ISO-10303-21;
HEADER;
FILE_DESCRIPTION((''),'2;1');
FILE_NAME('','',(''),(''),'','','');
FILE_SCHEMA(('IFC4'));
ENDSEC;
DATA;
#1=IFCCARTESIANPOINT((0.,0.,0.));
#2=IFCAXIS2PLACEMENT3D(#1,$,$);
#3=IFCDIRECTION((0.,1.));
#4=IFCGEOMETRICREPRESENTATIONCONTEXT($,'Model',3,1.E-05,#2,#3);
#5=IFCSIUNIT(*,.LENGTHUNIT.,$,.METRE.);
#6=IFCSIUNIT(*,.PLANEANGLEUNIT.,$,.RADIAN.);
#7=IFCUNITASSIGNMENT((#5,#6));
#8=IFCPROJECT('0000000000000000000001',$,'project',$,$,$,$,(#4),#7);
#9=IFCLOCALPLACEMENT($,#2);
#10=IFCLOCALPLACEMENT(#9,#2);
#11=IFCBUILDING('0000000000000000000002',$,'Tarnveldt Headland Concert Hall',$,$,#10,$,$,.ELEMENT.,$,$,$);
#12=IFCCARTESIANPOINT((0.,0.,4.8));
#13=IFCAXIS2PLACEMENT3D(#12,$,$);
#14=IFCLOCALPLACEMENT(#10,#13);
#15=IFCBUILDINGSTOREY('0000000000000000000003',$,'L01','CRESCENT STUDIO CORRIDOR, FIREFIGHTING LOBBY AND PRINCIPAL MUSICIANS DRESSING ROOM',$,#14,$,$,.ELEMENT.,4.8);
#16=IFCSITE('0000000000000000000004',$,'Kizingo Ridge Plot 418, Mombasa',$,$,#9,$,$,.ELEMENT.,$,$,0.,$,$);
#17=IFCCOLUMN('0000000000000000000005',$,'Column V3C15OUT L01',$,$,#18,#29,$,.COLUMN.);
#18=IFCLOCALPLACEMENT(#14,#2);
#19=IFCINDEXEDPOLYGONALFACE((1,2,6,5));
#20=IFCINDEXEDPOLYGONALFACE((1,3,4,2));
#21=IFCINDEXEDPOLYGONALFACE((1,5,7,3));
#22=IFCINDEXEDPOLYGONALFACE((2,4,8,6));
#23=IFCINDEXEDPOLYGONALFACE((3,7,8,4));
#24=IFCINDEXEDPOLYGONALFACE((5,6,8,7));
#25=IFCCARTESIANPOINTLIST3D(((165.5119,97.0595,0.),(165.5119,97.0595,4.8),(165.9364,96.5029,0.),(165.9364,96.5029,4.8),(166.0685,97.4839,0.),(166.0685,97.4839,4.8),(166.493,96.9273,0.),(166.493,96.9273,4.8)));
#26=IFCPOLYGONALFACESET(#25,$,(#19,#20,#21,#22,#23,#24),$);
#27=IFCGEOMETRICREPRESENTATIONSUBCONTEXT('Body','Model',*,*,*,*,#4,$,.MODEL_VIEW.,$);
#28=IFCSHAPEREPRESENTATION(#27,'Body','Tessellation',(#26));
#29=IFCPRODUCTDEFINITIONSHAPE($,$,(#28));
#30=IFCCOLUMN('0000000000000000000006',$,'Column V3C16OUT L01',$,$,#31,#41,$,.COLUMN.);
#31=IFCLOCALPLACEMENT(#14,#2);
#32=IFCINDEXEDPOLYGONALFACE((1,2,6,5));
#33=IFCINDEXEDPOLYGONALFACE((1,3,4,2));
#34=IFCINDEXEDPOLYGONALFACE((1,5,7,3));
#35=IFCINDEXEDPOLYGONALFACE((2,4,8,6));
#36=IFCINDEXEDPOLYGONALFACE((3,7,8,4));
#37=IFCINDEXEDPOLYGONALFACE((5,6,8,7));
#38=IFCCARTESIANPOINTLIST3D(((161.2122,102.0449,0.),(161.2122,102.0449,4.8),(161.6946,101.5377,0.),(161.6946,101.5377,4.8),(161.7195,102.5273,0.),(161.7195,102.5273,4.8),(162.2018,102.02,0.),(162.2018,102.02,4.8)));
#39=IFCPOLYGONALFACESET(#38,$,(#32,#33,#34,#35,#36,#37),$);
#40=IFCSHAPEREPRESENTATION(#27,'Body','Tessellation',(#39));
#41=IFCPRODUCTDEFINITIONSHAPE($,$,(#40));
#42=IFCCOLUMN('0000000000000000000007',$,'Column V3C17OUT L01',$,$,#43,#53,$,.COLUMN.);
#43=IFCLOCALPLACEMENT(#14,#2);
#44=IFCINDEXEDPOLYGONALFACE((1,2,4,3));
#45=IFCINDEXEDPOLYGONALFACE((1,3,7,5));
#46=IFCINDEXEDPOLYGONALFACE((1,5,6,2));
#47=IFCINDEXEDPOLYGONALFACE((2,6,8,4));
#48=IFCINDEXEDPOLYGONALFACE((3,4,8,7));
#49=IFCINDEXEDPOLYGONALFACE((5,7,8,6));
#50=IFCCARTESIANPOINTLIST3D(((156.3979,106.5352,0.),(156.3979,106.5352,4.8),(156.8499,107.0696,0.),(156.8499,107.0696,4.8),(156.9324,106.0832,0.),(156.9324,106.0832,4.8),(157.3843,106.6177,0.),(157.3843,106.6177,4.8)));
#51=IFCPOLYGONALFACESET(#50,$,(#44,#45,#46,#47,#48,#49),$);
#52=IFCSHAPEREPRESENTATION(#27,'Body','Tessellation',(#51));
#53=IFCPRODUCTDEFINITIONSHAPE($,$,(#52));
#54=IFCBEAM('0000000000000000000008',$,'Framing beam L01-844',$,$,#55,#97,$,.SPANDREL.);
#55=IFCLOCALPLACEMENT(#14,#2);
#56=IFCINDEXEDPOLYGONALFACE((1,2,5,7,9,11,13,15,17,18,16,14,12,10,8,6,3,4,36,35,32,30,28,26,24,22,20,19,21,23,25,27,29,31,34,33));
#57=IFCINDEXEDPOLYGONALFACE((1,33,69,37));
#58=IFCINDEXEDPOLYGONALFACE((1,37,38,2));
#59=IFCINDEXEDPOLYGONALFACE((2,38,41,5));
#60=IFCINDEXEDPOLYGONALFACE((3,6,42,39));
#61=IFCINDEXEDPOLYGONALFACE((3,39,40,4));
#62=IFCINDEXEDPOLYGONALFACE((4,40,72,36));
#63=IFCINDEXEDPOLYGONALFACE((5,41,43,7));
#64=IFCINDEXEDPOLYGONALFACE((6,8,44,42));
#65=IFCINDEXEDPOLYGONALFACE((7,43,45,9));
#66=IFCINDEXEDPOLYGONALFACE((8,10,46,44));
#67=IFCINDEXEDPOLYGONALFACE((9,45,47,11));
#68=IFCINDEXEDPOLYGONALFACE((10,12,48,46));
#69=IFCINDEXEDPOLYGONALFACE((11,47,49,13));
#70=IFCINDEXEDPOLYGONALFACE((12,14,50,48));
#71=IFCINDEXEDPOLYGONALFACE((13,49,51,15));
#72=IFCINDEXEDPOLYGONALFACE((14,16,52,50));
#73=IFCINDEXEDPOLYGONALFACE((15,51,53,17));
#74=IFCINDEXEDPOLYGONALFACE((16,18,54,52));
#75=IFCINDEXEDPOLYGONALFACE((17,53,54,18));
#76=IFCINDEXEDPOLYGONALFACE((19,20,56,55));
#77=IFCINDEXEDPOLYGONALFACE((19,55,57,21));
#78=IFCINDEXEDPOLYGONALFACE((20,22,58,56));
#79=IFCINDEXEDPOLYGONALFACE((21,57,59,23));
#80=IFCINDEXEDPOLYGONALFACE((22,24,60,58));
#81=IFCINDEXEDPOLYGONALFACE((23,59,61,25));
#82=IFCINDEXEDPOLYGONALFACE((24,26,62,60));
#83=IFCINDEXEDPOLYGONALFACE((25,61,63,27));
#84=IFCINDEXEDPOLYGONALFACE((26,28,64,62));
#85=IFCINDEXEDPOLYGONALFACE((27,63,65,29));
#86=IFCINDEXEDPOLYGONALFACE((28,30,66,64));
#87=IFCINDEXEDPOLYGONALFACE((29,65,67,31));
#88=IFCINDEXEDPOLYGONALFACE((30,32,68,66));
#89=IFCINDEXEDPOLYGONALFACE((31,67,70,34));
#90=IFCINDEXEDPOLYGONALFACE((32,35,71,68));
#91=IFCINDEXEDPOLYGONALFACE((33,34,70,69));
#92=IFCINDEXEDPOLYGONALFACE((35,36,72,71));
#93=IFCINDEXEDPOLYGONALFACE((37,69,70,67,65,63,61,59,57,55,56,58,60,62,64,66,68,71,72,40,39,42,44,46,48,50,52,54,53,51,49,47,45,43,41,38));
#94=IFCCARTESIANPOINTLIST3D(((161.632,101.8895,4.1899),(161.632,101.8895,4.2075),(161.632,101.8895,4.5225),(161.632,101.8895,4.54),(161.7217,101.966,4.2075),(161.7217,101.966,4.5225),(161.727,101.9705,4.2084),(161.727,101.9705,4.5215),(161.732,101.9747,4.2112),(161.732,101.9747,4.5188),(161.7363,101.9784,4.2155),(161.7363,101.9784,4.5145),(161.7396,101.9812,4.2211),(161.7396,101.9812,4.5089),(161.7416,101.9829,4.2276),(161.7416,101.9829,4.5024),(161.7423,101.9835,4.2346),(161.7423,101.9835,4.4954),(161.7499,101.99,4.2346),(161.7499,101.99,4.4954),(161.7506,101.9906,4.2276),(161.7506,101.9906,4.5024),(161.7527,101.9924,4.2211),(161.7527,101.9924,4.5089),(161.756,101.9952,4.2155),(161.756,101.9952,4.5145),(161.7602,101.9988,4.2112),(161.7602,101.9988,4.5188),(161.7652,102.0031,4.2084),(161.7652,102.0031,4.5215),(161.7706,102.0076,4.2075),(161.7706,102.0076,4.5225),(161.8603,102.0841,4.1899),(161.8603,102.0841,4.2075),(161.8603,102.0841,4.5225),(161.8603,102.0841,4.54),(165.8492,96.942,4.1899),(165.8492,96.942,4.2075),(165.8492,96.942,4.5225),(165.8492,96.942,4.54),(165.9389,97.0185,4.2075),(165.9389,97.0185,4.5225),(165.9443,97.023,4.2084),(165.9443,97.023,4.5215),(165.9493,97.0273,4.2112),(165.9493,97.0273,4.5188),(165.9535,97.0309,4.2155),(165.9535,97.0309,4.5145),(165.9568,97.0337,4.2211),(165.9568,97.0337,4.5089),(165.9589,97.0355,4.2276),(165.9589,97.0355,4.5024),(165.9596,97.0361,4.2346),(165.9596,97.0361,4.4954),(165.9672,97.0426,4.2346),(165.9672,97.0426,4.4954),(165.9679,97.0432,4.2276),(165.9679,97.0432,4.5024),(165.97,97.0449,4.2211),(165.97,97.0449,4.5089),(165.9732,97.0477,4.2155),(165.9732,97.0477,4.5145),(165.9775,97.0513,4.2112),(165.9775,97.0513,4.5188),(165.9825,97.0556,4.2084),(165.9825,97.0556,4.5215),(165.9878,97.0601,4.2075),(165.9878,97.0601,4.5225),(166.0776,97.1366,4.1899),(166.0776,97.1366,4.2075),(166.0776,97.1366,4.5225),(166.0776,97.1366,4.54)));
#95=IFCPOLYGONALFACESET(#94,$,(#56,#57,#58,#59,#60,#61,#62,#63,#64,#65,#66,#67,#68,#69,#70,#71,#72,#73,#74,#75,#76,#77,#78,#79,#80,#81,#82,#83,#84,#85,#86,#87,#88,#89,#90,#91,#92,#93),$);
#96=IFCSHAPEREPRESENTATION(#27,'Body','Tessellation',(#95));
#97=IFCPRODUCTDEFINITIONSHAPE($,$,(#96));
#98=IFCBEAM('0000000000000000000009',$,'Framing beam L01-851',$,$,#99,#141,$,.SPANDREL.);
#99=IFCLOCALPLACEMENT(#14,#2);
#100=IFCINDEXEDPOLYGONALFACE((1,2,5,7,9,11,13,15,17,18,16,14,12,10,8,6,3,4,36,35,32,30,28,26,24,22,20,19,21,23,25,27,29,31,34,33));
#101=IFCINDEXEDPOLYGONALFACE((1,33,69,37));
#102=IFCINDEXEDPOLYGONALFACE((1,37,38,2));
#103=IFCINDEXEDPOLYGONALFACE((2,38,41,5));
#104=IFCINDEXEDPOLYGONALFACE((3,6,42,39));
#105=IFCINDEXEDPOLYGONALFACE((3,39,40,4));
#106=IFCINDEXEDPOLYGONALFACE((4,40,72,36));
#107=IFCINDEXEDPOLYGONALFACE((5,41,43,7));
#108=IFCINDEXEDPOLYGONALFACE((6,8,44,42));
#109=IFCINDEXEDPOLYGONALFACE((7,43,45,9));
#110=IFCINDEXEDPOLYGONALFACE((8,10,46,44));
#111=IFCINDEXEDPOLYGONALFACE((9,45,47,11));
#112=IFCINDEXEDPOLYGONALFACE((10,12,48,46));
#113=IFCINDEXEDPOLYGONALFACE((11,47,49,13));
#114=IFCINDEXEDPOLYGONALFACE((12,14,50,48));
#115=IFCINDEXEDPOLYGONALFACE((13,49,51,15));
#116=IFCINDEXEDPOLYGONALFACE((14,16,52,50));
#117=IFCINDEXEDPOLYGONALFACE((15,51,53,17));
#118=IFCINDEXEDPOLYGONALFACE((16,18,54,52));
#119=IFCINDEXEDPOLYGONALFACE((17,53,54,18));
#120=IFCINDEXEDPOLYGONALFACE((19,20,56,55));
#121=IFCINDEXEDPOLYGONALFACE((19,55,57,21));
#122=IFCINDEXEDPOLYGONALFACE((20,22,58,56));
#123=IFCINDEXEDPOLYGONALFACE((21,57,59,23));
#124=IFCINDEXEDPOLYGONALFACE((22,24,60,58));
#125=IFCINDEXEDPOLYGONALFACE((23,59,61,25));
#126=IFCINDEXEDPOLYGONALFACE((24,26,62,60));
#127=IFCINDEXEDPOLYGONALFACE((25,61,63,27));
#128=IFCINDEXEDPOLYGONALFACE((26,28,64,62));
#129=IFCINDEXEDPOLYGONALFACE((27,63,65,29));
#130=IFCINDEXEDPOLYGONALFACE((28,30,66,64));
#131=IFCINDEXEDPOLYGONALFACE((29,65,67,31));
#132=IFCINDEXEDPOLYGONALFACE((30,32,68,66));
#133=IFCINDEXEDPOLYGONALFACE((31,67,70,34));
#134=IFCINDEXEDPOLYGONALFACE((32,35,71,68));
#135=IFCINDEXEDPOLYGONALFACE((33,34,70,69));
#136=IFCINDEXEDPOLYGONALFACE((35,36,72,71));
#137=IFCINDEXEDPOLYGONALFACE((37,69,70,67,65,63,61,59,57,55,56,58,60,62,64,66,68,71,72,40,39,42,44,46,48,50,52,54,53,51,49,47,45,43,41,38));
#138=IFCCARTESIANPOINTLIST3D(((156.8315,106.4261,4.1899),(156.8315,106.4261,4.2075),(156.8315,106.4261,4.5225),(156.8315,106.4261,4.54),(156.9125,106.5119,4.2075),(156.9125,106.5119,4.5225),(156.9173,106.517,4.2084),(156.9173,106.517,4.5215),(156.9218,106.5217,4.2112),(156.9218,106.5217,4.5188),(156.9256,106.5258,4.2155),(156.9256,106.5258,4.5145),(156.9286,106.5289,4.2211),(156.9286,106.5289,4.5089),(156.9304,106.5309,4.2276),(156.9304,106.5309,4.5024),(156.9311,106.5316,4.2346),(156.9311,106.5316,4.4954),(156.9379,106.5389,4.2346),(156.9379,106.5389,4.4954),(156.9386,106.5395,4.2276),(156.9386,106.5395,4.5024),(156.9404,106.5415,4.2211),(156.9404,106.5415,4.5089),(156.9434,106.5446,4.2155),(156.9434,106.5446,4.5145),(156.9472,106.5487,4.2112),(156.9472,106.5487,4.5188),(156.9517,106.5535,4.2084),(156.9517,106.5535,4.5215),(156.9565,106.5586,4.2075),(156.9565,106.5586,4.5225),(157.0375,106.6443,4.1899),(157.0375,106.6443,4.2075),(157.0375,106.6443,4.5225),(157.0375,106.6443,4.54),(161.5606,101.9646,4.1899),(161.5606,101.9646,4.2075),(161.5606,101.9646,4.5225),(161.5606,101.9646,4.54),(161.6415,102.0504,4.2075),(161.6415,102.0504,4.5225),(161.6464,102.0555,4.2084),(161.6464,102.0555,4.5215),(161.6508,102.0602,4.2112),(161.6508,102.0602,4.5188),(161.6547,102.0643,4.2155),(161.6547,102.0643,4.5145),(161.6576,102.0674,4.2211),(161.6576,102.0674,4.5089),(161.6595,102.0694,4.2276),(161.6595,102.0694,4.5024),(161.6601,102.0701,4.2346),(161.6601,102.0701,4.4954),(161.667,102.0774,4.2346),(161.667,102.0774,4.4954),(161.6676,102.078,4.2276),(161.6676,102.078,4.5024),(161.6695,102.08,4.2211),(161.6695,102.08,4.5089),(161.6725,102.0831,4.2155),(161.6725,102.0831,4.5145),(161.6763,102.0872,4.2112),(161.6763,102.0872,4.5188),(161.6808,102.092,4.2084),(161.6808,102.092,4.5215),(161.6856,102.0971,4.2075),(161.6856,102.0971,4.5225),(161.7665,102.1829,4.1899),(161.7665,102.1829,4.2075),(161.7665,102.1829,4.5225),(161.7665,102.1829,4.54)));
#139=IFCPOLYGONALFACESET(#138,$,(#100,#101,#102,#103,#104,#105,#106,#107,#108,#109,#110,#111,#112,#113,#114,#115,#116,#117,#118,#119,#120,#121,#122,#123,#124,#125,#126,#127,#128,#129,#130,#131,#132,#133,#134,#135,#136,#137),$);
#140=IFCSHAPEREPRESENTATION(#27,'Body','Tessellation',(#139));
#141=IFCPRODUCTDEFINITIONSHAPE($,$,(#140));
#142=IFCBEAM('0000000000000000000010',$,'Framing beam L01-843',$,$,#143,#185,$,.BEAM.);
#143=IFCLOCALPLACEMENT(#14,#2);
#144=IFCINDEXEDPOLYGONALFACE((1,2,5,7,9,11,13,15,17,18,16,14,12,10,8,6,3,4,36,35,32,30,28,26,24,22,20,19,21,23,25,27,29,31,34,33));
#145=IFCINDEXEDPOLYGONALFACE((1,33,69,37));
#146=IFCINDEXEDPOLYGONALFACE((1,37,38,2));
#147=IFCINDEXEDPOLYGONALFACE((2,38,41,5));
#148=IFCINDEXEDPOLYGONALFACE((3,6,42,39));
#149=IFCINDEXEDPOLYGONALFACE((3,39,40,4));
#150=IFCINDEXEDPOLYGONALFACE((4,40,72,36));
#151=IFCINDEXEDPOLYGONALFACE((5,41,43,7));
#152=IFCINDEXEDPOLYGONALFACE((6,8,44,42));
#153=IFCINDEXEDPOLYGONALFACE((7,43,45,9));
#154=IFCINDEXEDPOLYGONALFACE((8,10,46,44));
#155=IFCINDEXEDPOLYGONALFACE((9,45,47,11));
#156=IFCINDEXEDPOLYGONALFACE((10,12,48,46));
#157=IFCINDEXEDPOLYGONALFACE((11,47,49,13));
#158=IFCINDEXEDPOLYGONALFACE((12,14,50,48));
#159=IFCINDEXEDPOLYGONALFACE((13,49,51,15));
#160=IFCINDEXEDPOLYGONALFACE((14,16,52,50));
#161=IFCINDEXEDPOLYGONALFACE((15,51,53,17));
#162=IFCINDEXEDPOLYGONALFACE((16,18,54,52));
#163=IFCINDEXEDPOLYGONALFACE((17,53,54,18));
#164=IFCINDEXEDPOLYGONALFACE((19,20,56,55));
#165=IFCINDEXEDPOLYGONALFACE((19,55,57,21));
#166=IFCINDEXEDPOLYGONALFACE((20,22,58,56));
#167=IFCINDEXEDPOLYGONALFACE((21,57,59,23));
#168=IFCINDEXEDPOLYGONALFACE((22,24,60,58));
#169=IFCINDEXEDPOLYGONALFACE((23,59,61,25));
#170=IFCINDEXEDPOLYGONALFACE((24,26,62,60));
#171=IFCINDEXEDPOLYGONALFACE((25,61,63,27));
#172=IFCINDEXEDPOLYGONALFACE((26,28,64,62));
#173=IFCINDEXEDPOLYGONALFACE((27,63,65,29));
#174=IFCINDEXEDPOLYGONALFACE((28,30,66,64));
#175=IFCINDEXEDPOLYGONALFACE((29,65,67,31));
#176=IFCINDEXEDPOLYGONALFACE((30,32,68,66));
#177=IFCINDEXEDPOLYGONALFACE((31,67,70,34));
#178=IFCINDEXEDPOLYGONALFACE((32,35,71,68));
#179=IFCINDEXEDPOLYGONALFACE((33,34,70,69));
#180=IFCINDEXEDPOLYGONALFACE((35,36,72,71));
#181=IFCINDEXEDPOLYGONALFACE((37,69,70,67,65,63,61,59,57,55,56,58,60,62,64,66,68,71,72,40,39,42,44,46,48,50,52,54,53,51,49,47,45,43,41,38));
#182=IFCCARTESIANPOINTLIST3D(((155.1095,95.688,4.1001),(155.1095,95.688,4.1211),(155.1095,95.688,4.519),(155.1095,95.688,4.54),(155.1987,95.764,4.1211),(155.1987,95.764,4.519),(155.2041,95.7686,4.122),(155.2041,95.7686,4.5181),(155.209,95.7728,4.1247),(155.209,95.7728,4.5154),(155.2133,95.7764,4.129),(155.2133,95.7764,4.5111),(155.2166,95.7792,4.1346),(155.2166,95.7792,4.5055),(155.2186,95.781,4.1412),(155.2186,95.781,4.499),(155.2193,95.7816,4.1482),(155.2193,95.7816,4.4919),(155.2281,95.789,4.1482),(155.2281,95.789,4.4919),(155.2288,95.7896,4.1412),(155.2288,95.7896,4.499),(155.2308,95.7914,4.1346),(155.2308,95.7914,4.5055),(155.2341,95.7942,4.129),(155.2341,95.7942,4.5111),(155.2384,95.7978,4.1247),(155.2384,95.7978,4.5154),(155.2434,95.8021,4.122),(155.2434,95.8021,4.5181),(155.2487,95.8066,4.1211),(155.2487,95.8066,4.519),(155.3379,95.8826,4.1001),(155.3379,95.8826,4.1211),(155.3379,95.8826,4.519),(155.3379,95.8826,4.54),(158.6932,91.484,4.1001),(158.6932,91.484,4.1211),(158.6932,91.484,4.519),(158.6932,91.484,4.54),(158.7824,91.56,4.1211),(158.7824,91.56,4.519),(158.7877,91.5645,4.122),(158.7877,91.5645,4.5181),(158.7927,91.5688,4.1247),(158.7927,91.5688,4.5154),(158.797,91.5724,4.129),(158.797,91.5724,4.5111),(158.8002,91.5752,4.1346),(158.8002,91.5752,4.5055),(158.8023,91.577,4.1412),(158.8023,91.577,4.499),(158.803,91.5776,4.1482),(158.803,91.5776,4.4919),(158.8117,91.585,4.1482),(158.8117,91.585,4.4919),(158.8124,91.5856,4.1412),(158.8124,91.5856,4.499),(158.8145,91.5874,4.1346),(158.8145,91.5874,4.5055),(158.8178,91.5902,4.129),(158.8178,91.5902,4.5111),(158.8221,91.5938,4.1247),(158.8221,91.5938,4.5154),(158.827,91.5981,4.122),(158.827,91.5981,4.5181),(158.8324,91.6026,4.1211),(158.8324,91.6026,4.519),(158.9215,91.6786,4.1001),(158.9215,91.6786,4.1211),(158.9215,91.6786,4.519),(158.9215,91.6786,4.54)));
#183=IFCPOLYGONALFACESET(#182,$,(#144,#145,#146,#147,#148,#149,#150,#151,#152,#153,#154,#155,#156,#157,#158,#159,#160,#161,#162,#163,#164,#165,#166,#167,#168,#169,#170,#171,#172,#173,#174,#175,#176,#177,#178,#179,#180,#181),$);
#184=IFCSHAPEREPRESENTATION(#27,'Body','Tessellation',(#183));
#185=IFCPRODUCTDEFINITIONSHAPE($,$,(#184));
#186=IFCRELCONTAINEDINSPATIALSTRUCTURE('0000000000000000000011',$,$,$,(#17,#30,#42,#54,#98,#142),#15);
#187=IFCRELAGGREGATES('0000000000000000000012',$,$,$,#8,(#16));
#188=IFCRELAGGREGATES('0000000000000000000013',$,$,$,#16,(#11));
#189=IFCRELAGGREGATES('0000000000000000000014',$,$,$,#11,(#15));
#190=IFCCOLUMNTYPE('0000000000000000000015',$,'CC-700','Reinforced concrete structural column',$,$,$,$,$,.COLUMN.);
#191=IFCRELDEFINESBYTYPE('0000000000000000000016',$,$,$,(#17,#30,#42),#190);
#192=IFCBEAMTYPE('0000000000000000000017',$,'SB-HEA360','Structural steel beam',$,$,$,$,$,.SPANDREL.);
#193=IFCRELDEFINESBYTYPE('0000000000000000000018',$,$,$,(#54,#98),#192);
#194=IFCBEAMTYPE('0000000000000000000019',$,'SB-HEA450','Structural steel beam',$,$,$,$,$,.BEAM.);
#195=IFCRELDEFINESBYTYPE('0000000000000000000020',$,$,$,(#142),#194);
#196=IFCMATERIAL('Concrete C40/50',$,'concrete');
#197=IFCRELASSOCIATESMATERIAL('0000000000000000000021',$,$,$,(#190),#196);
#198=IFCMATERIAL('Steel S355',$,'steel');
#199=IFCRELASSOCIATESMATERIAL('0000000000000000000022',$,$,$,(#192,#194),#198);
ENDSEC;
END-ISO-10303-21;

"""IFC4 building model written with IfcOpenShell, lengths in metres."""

from ifc_helpers import new_model, si_unit, direction, frame, origin, origin_2d, place, context, subcontext, project, spatial, rectangle, i_section, extrude, material, material_profile, profile_set, type_object, element, save


model = new_model("IFC4")

# Units and contexts
model_context = context("Model", 3, precision=1e-05, world=origin(), true_north=direction((0.0, 1.0)))
body_context = subcontext(model_context, "Body", "Model", "MODEL_VIEW")
ifc_project = project(units=[si_unit("LENGTHUNIT", "METRE"), si_unit("PLANEANGLEUNIT", "RADIAN")], contexts=[model_context])

# Site, building, storey
site_placement = place(None, origin())
site = spatial("IfcSite", under=ifc_project, at=site_placement, Name="Kizingo Ridge Plot 418, Mombasa", CompositionType="ELEMENT", RefElevation=0.0)
building_placement = place(site_placement, origin())
building = spatial("IfcBuilding", under=site, at=building_placement, Name="Tarnveldt Headland Concert Hall", CompositionType="ELEMENT")
storey_placement = place(building_placement, frame((0.0, 0.0, 4.8)))
storey = spatial("IfcBuildingStorey", under=building, at=storey_placement, Name="L01", Description="CRESCENT STUDIO CORRIDOR, FIREFIGHTING LOBBY AND PRINCIPAL MUSICIANS DRESSING ROOM", CompositionType="ELEMENT", Elevation=4.8)

# Columns
ifc_material_1 = material(Name="Concrete C40/50", Category="concrete")
ifc_material_profile_1 = material_profile(ifc_material_1, rectangle(XDim=0.7, YDim=0.7, at=origin_2d()), Name="RC 700x700", Category="concrete")
ifc_profile_set_1 = profile_set([ifc_material_profile_1], Name="Concrete C40/50")
column_type = type_object("IfcColumnType", Name="CC-700", Description="Reinforced concrete structural column", PredefinedType="COLUMN", material=ifc_profile_set_1)
for number, where, z_axis, x_axis, name in (
    (1, (166.0024, 96.9934, 0.0), (0.0, 0.0, 1.0), (0.795156, 0.606405, 0.0), "Column V3C15OUT L01"),
    (2, (161.707, 102.0325, 0.0), (0.0, 0.0, 1.0), (0.724653, 0.689114, 0.0), "Column V3C16OUT L01"),
    (3, (156.8911, 106.5764, 0.0), (0.0, 0.0, 1.0), (0.645724, 0.763571, 0.0), "Column V3C17OUT L01"),
):
    element("IfcColumn", number, at=place(storey_placement, frame(where, z_axis=z_axis, x_axis=x_axis)), inside=storey, type_object=column_type, Name=name, PredefinedType="COLUMN", context=body_context, shape_type="SweptSolid", body=[
        extrude(rectangle(XDim=0.7, YDim=0.7, at=origin_2d()), origin(), (0.0, 0.0, 1.0), 4.8),
    ])

# Beams
ifc_material_2 = material(Name="Steel S355", Category="steel")
ifc_material_profile_2 = material_profile(ifc_material_2, i_section(OverallWidth=0.3, OverallDepth=0.3501, WebThickness=0.01, FlangeThickness=0.0176, FilletRadius=0.0271, at=origin_2d()), Name="HEA360", Category="steel")
ifc_profile_set_2 = profile_set([ifc_material_profile_2], Name="Steel S355")
beam_type_1 = type_object("IfcBeamType", Name="SB-HEA360", Description="Structural steel beam", PredefinedType="SPANDREL", material=ifc_profile_set_2)
beam_1_placement = place(storey_placement, frame((165.9634, 97.0393, 4.365), z_axis=(-0.648711, 0.761035, 0.0), x_axis=(-0.761035, -0.648711, 0.0)))
element("IfcBeam", 4, at=beam_1_placement, inside=storey, type_object=beam_type_1, Name="Framing beam L01-844", PredefinedType="SPANDREL", context=body_context, shape_type="SweptSolid", body=[
    extrude(i_section(OverallWidth=0.3, OverallDepth=0.3501, WebThickness=0.01, FlangeThickness=0.0176, FilletRadius=0.0271, at=origin_2d()), origin(), (0.0, 0.0, 1.0), 6.501),
])
beam_2_placement = place(storey_placement, frame((161.6636, 102.0737, 4.365), z_axis=(-0.727386, 0.686229, 0.0), x_axis=(-0.686229, -0.727386, 0.0)))
element("IfcBeam", 5, at=beam_2_placement, inside=storey, type_object=beam_type_1, Name="Framing beam L01-851", PredefinedType="SPANDREL", context=body_context, shape_type="SweptSolid", body=[
    extrude(i_section(OverallWidth=0.3, OverallDepth=0.3501, WebThickness=0.01, FlangeThickness=0.0176, FilletRadius=0.0271, at=origin_2d()), origin(), (0.0, 0.0, 1.0), 6.5015),
])
ifc_material_profile_3 = material_profile(ifc_material_2, i_section(OverallWidth=0.3, OverallDepth=0.4399, WebThickness=0.0115, FlangeThickness=0.021, FilletRadius=0.0271, at=origin_2d()), Name="HEA450", Category="steel")
ifc_profile_set_3 = profile_set([ifc_material_profile_3], Name="Steel S355")
beam_type_2 = type_object("IfcBeamType", Name="SB-HEA450", Description="Structural steel beam", PredefinedType="BEAM", material=ifc_profile_set_3)
beam_3_placement = place(storey_placement, frame((158.8074, 91.5813, 4.3201), z_axis=(-0.648725, 0.761023, 0.0), x_axis=(-0.761023, -0.648725, 0.0)))
element("IfcBeam", 6, at=beam_3_placement, inside=storey, type_object=beam_type_2, Name="Framing beam L01-843", PredefinedType="BEAM", context=body_context, shape_type="SweptSolid", body=[
    extrude(i_section(OverallWidth=0.3, OverallDepth=0.4399, WebThickness=0.0115, FlangeThickness=0.021, FilletRadius=0.0271, at=origin_2d()), origin(), (0.0, 0.0, 1.0), 5.5242),
])

save(model, "model.ifc")
